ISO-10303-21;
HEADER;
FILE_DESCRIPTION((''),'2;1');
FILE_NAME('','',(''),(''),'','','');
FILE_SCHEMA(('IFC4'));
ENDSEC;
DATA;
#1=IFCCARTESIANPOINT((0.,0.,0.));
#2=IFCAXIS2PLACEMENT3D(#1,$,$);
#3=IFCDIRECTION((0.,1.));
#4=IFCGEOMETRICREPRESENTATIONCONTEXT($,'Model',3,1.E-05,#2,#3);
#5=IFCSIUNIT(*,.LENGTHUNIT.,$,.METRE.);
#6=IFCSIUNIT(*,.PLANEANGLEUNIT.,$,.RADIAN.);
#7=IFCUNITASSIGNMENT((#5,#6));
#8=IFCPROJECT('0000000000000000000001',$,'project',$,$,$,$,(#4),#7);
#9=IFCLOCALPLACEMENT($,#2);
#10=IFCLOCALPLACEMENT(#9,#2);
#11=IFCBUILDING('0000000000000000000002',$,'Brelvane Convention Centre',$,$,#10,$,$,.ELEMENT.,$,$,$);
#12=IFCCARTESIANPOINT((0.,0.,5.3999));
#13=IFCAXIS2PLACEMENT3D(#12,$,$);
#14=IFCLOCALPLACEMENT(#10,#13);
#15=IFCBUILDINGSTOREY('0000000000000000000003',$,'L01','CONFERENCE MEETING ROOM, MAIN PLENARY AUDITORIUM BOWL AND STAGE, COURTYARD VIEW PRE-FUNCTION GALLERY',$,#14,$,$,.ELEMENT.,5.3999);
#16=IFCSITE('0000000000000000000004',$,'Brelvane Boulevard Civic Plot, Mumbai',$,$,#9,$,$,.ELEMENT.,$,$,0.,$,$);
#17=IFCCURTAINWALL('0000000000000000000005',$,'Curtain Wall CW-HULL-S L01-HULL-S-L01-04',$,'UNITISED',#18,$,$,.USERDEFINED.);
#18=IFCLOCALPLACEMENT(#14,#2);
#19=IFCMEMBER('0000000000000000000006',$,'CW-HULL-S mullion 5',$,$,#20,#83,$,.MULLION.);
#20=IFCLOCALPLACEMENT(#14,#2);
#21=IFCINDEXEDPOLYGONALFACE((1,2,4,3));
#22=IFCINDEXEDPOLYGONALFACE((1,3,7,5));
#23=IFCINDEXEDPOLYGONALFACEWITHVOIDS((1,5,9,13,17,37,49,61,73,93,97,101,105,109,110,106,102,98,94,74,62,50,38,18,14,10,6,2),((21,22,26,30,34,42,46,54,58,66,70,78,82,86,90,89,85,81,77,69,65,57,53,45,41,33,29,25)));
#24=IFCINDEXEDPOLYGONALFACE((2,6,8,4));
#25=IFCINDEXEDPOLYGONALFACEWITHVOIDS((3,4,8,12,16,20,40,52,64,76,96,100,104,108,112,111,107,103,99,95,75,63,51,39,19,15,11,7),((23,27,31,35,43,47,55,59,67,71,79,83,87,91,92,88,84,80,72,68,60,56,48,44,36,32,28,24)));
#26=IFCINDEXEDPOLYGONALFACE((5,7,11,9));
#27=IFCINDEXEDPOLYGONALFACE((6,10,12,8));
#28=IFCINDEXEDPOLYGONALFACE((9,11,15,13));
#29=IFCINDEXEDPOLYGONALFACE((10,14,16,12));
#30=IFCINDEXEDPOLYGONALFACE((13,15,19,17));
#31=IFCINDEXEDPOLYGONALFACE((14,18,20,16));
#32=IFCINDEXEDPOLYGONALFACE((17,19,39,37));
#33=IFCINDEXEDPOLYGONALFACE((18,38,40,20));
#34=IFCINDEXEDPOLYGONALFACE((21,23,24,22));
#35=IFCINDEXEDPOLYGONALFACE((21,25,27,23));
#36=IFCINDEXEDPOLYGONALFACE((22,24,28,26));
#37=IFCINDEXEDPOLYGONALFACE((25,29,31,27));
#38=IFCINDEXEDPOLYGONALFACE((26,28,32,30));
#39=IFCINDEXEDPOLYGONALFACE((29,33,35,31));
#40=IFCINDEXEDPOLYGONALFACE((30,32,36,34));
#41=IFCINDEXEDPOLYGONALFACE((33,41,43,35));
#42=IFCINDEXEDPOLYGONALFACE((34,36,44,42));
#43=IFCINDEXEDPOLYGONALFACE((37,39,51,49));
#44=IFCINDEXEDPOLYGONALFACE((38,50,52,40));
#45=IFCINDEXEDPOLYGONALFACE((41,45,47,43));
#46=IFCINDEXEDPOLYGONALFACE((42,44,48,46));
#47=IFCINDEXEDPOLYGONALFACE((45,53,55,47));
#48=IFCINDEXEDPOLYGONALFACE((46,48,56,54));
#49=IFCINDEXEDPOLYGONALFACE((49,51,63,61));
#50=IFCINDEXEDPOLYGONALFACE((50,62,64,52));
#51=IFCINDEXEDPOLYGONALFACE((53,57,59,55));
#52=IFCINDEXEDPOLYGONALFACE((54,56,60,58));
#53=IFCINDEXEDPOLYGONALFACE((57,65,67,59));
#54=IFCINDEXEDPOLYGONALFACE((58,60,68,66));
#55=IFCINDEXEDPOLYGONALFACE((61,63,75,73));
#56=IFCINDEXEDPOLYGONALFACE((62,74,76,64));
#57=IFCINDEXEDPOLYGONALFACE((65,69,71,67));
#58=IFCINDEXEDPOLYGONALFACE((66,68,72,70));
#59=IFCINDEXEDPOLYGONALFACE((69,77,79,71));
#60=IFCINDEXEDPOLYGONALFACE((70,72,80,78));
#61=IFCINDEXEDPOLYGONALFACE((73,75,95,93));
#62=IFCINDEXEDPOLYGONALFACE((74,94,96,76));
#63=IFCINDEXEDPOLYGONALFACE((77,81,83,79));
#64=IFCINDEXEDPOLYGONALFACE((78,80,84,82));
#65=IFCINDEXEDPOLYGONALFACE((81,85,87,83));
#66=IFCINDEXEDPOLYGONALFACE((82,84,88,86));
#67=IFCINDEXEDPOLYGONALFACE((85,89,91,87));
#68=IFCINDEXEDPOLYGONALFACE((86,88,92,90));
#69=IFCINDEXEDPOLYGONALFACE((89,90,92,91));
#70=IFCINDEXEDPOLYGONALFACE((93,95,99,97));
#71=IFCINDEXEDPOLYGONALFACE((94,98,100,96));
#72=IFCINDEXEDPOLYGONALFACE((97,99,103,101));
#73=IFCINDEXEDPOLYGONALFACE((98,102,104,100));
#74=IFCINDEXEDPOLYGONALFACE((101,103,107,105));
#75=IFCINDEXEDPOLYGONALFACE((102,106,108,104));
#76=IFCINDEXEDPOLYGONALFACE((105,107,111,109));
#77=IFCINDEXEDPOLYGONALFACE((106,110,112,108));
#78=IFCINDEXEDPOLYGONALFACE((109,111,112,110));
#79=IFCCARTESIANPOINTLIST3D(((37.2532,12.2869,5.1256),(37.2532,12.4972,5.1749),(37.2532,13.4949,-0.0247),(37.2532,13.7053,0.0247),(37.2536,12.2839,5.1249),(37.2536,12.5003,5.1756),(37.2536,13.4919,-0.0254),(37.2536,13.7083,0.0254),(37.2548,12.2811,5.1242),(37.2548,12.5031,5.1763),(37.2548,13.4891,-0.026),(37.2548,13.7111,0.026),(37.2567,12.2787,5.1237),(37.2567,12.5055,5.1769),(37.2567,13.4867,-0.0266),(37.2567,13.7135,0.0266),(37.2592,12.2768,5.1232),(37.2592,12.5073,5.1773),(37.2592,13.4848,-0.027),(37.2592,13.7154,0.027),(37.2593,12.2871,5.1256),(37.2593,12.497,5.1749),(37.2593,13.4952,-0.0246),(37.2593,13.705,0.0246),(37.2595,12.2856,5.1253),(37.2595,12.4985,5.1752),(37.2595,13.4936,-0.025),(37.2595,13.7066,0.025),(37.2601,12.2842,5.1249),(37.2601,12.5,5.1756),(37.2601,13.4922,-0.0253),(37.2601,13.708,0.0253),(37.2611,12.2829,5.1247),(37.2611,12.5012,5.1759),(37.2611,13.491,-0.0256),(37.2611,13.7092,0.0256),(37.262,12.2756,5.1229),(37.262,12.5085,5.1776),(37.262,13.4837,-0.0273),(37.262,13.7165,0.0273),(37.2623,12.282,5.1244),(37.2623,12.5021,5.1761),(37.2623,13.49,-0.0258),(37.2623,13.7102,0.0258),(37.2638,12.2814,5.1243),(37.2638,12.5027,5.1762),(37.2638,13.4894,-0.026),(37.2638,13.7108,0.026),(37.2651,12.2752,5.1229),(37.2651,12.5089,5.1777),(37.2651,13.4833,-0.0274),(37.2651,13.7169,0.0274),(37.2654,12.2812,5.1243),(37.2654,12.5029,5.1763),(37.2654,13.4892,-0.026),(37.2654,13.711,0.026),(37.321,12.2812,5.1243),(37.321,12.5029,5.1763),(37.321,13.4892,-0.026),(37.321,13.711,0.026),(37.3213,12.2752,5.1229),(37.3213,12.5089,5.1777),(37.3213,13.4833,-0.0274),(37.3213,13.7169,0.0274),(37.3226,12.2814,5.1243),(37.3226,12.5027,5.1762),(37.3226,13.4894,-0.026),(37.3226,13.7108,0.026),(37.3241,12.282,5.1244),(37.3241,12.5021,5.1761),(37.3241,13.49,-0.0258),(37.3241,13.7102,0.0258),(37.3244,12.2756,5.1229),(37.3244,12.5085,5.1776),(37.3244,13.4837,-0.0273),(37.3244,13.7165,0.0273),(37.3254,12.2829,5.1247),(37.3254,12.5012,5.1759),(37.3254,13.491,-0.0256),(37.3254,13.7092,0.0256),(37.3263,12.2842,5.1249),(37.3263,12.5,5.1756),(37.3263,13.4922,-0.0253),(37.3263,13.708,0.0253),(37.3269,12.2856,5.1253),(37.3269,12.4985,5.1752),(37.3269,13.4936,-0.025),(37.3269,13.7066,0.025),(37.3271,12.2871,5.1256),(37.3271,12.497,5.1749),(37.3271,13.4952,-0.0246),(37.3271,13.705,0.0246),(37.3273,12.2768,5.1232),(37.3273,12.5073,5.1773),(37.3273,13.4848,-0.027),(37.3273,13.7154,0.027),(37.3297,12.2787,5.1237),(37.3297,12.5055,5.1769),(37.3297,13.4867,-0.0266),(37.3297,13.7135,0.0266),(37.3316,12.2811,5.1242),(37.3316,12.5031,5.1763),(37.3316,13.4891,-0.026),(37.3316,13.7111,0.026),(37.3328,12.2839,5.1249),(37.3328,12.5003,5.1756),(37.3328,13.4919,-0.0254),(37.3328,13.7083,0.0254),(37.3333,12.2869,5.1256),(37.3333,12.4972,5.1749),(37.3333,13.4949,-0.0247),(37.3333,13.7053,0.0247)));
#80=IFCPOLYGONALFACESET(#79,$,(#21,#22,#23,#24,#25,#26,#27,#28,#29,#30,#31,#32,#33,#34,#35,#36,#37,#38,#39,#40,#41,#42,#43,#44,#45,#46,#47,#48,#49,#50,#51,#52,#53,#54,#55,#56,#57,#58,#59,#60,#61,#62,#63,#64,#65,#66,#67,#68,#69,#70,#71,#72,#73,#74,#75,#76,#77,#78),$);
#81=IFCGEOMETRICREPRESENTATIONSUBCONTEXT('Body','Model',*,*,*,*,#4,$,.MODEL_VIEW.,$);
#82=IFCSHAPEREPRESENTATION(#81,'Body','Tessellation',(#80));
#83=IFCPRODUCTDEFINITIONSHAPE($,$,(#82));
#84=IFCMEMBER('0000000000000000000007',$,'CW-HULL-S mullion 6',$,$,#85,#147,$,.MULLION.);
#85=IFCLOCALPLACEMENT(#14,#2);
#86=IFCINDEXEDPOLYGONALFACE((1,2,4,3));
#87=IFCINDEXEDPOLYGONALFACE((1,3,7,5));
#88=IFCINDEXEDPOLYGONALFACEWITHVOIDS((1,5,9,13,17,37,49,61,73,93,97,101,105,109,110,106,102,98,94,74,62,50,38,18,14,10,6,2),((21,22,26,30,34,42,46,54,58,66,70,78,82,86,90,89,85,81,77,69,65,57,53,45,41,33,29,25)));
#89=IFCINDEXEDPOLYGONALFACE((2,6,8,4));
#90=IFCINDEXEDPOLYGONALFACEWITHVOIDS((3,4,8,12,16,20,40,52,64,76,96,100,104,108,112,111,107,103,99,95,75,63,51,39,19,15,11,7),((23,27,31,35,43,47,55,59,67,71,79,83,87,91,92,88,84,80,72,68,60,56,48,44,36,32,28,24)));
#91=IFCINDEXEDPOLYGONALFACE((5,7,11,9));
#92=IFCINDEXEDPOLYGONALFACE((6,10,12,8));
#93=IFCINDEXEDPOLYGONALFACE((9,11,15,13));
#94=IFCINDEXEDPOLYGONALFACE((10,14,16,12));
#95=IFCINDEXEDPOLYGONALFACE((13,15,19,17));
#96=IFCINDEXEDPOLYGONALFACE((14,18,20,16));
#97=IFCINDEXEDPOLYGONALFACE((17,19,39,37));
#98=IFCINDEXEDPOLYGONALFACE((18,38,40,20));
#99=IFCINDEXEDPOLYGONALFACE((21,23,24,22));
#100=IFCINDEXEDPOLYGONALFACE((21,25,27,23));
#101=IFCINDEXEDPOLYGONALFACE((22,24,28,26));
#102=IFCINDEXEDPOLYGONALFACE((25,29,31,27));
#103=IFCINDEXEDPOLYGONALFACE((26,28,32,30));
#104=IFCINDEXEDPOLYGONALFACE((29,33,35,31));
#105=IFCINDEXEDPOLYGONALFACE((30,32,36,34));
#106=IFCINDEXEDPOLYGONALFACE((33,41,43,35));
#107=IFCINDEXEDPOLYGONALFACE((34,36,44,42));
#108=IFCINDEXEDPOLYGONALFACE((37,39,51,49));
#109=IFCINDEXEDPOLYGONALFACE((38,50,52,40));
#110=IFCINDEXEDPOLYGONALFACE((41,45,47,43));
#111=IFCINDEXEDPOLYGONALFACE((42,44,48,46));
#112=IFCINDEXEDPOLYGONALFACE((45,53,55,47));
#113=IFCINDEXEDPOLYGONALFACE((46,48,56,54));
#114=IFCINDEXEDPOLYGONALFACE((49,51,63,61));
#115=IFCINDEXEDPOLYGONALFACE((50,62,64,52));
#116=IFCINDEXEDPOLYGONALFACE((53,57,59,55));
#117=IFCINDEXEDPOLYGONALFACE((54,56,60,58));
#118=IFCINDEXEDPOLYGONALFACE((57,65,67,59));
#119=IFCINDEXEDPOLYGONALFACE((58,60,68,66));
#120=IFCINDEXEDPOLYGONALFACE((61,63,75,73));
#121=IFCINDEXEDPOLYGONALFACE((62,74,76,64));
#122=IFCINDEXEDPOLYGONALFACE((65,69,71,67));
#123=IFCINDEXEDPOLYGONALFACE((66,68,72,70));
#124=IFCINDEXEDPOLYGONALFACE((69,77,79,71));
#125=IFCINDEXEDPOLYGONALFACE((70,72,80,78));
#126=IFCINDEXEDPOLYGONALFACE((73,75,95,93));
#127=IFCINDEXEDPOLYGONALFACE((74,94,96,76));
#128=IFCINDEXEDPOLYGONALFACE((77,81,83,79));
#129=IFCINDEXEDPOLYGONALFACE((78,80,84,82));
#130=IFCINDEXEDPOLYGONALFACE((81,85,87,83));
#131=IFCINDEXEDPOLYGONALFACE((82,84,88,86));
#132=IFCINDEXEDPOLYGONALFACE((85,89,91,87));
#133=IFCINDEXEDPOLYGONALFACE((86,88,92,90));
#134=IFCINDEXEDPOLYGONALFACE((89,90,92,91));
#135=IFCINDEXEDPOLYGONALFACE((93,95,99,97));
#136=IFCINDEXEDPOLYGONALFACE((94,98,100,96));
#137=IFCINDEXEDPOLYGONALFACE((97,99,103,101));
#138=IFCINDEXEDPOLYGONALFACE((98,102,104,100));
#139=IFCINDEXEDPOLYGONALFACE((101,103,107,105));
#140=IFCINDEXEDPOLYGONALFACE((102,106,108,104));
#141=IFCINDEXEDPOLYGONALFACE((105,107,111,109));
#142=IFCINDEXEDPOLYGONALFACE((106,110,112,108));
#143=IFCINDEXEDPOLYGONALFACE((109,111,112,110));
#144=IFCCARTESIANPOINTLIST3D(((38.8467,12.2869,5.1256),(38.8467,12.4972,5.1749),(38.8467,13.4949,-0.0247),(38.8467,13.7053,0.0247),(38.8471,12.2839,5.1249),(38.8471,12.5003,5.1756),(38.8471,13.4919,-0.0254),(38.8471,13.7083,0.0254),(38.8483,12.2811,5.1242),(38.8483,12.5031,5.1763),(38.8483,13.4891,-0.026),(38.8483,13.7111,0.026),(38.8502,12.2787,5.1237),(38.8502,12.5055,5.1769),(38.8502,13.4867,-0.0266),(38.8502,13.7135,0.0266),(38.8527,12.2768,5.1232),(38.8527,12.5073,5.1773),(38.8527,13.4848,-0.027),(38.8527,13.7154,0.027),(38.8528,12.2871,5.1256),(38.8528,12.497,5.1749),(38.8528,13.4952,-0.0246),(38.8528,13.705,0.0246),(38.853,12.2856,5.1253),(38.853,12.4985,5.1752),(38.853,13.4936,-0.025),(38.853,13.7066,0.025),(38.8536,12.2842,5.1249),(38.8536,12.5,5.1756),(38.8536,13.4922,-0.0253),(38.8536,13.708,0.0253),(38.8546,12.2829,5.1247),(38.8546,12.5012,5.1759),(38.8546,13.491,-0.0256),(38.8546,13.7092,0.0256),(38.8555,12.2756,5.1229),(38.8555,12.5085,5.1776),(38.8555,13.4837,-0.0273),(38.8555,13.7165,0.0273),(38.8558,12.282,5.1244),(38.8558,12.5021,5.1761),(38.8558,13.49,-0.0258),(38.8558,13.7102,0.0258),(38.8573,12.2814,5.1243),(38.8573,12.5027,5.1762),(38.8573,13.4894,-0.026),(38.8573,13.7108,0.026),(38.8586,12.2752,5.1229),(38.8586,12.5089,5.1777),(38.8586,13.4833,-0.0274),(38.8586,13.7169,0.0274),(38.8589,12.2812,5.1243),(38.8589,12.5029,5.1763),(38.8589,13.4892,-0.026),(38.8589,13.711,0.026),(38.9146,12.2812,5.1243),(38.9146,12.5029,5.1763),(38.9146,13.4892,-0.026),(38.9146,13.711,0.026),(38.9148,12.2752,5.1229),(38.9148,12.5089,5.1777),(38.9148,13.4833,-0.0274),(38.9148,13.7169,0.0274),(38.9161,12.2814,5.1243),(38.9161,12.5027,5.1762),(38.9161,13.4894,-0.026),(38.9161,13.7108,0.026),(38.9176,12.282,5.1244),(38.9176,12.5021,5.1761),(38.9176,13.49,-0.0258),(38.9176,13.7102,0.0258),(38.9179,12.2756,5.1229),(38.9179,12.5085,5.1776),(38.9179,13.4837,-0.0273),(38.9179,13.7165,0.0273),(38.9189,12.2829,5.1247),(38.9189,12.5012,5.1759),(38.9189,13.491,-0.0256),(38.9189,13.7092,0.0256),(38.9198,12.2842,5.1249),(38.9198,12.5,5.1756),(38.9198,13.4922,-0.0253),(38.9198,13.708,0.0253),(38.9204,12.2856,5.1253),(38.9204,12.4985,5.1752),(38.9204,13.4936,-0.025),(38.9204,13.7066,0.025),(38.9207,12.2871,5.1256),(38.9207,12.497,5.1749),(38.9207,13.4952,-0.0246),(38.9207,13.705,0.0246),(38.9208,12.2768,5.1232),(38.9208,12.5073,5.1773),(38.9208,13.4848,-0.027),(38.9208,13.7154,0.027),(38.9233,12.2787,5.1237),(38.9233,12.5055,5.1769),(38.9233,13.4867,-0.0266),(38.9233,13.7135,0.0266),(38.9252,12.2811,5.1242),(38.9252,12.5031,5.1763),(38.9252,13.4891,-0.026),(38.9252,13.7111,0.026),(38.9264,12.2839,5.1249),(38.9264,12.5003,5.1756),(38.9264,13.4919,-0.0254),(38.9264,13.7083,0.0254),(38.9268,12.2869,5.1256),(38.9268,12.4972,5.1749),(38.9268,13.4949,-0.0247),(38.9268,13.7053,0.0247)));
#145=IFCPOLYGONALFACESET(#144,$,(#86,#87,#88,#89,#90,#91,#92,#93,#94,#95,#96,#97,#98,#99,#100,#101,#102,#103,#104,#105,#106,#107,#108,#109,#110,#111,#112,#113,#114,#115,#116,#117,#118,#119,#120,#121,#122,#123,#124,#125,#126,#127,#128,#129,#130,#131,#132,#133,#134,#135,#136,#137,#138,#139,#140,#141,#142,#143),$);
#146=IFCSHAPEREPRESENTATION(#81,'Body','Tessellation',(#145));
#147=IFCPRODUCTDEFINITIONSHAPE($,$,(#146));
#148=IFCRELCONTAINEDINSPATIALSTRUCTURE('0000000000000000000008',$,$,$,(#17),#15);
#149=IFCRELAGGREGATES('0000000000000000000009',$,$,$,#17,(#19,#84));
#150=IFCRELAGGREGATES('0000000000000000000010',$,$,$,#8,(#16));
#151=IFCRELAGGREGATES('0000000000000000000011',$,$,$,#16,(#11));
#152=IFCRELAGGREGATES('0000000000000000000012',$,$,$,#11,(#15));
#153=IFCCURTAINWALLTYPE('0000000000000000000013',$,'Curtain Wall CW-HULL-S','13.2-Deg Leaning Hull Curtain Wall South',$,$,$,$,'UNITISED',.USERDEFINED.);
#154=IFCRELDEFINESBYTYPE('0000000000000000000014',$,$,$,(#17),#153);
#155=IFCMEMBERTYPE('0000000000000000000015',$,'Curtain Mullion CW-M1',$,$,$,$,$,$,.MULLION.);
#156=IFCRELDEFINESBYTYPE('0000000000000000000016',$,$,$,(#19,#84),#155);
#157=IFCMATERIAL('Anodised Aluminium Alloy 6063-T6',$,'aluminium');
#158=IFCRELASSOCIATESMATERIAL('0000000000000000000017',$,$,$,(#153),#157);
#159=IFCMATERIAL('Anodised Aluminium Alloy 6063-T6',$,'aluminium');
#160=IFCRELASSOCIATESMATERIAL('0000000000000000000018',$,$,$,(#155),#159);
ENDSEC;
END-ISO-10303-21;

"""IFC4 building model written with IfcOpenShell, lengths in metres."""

from ifc_helpers import new_model, si_unit, direction, frame, origin, origin_2d, place, context, subcontext, project, spatial, hollow_rectangle, extrude, material, material_profile, profile_set, type_object, element, aggregate, save


model = new_model("IFC4")

# Units and contexts
model_context = context("Model", 3, precision=1e-05, world=origin(), true_north=direction((0.0, 1.0)))
body_context = subcontext(model_context, "Body", "Model", "MODEL_VIEW")
ifc_project = project(units=[si_unit("LENGTHUNIT", "METRE"), si_unit("PLANEANGLEUNIT", "RADIAN")], contexts=[model_context])

# Site, building, storey
site_placement = place(None, origin())
site = spatial("IfcSite", under=ifc_project, at=site_placement, Name="Brelvane Boulevard Civic Plot, Mumbai", CompositionType="ELEMENT", RefElevation=0.0)
building_placement = place(site_placement, origin())
building = spatial("IfcBuilding", under=site, at=building_placement, Name="Brelvane Convention Centre", CompositionType="ELEMENT")
storey_placement = place(building_placement, frame((0.0, 0.0, 5.3999)))
storey = spatial("IfcBuildingStorey", under=building, at=storey_placement, Name="L01", Description="CONFERENCE MEETING ROOM, MAIN PLENARY AUDITORIUM BOWL AND STAGE, COURTYARD VIEW PRE-FUNCTION GALLERY", CompositionType="ELEMENT", Elevation=5.3999)

# Curtain wall, members
ifc_material_1 = material(Name="Anodised Aluminium Alloy 6063-T6", Category="aluminium")
curtain_wall_type = type_object("IfcCurtainWallType", Name="Curtain Wall CW-HULL-S", Description="13.2-Deg Leaning Hull Curtain Wall South", ElementType="UNITISED", PredefinedType="USERDEFINED", material=ifc_material_1)
curtain_wall_1_placement = place(storey_placement, origin())
curtain_wall_1 = element("IfcCurtainWall", 1, at=curtain_wall_1_placement, inside=storey, type_object=curtain_wall_type, Name="Curtain Wall CW-HULL-S L01-HULL-S-L01-04", ObjectType="UNITISED", PredefinedType="USERDEFINED")
ifc_material_2 = material(Name="Anodised Aluminium Alloy 6063-T6", Category="aluminium")
ifc_material_profile_1 = material_profile(ifc_material_2, hollow_rectangle(XDim=0.0801, YDim=0.24, WallThickness=0.0061, InnerFilletRadius=0.0061, OuterFilletRadius=0.012, at=origin_2d()), Name="ALU-M 240x80x6.0")
ifc_profile_set_1 = profile_set([ifc_material_profile_1], Name="Anodised Aluminium Alloy 6063-T6")
member_type_1 = type_object("IfcMemberType", Name="Curtain Mullion CW-M1", PredefinedType="MULLION", material=ifc_profile_set_1)
member_1_placement = place(storey_placement, frame((37.2932, 13.6001, 0.0), z_axis=(0.0, -0.22836, 0.973577), x_axis=(1.0, 0.0, 0.0)))
member_1 = element("IfcMember", 2, at=member_1_placement, type_object=member_type_1, Name="CW-HULL-S mullion 5", PredefinedType="MULLION", context=body_context, shape_type="SweptSolid", body=[
    extrude(hollow_rectangle(XDim=0.0801, YDim=0.24, WallThickness=0.0061, InnerFilletRadius=0.0061, OuterFilletRadius=0.012, at=origin_2d()), origin(), (0.0, 0.0, 1.0), 5.29),
])
member_2_placement = place(storey_placement, frame((38.8867, 13.6001, 0.0), z_axis=(0.0, -0.22836, 0.973577), x_axis=(1.0, 0.0, 0.0)))
member_2 = element("IfcMember", 3, at=member_2_placement, type_object=member_type_1, Name="CW-HULL-S mullion 6", PredefinedType="MULLION", context=body_context, shape_type="SweptSolid", body=[
    extrude(hollow_rectangle(XDim=0.0801, YDim=0.24, WallThickness=0.0061, InnerFilletRadius=0.0061, OuterFilletRadius=0.012, at=origin_2d()), origin(), (0.0, 0.0, 1.0), 5.29),
])

aggregate(curtain_wall_1, [member_1, member_2])

save(model, "model.ifc")
